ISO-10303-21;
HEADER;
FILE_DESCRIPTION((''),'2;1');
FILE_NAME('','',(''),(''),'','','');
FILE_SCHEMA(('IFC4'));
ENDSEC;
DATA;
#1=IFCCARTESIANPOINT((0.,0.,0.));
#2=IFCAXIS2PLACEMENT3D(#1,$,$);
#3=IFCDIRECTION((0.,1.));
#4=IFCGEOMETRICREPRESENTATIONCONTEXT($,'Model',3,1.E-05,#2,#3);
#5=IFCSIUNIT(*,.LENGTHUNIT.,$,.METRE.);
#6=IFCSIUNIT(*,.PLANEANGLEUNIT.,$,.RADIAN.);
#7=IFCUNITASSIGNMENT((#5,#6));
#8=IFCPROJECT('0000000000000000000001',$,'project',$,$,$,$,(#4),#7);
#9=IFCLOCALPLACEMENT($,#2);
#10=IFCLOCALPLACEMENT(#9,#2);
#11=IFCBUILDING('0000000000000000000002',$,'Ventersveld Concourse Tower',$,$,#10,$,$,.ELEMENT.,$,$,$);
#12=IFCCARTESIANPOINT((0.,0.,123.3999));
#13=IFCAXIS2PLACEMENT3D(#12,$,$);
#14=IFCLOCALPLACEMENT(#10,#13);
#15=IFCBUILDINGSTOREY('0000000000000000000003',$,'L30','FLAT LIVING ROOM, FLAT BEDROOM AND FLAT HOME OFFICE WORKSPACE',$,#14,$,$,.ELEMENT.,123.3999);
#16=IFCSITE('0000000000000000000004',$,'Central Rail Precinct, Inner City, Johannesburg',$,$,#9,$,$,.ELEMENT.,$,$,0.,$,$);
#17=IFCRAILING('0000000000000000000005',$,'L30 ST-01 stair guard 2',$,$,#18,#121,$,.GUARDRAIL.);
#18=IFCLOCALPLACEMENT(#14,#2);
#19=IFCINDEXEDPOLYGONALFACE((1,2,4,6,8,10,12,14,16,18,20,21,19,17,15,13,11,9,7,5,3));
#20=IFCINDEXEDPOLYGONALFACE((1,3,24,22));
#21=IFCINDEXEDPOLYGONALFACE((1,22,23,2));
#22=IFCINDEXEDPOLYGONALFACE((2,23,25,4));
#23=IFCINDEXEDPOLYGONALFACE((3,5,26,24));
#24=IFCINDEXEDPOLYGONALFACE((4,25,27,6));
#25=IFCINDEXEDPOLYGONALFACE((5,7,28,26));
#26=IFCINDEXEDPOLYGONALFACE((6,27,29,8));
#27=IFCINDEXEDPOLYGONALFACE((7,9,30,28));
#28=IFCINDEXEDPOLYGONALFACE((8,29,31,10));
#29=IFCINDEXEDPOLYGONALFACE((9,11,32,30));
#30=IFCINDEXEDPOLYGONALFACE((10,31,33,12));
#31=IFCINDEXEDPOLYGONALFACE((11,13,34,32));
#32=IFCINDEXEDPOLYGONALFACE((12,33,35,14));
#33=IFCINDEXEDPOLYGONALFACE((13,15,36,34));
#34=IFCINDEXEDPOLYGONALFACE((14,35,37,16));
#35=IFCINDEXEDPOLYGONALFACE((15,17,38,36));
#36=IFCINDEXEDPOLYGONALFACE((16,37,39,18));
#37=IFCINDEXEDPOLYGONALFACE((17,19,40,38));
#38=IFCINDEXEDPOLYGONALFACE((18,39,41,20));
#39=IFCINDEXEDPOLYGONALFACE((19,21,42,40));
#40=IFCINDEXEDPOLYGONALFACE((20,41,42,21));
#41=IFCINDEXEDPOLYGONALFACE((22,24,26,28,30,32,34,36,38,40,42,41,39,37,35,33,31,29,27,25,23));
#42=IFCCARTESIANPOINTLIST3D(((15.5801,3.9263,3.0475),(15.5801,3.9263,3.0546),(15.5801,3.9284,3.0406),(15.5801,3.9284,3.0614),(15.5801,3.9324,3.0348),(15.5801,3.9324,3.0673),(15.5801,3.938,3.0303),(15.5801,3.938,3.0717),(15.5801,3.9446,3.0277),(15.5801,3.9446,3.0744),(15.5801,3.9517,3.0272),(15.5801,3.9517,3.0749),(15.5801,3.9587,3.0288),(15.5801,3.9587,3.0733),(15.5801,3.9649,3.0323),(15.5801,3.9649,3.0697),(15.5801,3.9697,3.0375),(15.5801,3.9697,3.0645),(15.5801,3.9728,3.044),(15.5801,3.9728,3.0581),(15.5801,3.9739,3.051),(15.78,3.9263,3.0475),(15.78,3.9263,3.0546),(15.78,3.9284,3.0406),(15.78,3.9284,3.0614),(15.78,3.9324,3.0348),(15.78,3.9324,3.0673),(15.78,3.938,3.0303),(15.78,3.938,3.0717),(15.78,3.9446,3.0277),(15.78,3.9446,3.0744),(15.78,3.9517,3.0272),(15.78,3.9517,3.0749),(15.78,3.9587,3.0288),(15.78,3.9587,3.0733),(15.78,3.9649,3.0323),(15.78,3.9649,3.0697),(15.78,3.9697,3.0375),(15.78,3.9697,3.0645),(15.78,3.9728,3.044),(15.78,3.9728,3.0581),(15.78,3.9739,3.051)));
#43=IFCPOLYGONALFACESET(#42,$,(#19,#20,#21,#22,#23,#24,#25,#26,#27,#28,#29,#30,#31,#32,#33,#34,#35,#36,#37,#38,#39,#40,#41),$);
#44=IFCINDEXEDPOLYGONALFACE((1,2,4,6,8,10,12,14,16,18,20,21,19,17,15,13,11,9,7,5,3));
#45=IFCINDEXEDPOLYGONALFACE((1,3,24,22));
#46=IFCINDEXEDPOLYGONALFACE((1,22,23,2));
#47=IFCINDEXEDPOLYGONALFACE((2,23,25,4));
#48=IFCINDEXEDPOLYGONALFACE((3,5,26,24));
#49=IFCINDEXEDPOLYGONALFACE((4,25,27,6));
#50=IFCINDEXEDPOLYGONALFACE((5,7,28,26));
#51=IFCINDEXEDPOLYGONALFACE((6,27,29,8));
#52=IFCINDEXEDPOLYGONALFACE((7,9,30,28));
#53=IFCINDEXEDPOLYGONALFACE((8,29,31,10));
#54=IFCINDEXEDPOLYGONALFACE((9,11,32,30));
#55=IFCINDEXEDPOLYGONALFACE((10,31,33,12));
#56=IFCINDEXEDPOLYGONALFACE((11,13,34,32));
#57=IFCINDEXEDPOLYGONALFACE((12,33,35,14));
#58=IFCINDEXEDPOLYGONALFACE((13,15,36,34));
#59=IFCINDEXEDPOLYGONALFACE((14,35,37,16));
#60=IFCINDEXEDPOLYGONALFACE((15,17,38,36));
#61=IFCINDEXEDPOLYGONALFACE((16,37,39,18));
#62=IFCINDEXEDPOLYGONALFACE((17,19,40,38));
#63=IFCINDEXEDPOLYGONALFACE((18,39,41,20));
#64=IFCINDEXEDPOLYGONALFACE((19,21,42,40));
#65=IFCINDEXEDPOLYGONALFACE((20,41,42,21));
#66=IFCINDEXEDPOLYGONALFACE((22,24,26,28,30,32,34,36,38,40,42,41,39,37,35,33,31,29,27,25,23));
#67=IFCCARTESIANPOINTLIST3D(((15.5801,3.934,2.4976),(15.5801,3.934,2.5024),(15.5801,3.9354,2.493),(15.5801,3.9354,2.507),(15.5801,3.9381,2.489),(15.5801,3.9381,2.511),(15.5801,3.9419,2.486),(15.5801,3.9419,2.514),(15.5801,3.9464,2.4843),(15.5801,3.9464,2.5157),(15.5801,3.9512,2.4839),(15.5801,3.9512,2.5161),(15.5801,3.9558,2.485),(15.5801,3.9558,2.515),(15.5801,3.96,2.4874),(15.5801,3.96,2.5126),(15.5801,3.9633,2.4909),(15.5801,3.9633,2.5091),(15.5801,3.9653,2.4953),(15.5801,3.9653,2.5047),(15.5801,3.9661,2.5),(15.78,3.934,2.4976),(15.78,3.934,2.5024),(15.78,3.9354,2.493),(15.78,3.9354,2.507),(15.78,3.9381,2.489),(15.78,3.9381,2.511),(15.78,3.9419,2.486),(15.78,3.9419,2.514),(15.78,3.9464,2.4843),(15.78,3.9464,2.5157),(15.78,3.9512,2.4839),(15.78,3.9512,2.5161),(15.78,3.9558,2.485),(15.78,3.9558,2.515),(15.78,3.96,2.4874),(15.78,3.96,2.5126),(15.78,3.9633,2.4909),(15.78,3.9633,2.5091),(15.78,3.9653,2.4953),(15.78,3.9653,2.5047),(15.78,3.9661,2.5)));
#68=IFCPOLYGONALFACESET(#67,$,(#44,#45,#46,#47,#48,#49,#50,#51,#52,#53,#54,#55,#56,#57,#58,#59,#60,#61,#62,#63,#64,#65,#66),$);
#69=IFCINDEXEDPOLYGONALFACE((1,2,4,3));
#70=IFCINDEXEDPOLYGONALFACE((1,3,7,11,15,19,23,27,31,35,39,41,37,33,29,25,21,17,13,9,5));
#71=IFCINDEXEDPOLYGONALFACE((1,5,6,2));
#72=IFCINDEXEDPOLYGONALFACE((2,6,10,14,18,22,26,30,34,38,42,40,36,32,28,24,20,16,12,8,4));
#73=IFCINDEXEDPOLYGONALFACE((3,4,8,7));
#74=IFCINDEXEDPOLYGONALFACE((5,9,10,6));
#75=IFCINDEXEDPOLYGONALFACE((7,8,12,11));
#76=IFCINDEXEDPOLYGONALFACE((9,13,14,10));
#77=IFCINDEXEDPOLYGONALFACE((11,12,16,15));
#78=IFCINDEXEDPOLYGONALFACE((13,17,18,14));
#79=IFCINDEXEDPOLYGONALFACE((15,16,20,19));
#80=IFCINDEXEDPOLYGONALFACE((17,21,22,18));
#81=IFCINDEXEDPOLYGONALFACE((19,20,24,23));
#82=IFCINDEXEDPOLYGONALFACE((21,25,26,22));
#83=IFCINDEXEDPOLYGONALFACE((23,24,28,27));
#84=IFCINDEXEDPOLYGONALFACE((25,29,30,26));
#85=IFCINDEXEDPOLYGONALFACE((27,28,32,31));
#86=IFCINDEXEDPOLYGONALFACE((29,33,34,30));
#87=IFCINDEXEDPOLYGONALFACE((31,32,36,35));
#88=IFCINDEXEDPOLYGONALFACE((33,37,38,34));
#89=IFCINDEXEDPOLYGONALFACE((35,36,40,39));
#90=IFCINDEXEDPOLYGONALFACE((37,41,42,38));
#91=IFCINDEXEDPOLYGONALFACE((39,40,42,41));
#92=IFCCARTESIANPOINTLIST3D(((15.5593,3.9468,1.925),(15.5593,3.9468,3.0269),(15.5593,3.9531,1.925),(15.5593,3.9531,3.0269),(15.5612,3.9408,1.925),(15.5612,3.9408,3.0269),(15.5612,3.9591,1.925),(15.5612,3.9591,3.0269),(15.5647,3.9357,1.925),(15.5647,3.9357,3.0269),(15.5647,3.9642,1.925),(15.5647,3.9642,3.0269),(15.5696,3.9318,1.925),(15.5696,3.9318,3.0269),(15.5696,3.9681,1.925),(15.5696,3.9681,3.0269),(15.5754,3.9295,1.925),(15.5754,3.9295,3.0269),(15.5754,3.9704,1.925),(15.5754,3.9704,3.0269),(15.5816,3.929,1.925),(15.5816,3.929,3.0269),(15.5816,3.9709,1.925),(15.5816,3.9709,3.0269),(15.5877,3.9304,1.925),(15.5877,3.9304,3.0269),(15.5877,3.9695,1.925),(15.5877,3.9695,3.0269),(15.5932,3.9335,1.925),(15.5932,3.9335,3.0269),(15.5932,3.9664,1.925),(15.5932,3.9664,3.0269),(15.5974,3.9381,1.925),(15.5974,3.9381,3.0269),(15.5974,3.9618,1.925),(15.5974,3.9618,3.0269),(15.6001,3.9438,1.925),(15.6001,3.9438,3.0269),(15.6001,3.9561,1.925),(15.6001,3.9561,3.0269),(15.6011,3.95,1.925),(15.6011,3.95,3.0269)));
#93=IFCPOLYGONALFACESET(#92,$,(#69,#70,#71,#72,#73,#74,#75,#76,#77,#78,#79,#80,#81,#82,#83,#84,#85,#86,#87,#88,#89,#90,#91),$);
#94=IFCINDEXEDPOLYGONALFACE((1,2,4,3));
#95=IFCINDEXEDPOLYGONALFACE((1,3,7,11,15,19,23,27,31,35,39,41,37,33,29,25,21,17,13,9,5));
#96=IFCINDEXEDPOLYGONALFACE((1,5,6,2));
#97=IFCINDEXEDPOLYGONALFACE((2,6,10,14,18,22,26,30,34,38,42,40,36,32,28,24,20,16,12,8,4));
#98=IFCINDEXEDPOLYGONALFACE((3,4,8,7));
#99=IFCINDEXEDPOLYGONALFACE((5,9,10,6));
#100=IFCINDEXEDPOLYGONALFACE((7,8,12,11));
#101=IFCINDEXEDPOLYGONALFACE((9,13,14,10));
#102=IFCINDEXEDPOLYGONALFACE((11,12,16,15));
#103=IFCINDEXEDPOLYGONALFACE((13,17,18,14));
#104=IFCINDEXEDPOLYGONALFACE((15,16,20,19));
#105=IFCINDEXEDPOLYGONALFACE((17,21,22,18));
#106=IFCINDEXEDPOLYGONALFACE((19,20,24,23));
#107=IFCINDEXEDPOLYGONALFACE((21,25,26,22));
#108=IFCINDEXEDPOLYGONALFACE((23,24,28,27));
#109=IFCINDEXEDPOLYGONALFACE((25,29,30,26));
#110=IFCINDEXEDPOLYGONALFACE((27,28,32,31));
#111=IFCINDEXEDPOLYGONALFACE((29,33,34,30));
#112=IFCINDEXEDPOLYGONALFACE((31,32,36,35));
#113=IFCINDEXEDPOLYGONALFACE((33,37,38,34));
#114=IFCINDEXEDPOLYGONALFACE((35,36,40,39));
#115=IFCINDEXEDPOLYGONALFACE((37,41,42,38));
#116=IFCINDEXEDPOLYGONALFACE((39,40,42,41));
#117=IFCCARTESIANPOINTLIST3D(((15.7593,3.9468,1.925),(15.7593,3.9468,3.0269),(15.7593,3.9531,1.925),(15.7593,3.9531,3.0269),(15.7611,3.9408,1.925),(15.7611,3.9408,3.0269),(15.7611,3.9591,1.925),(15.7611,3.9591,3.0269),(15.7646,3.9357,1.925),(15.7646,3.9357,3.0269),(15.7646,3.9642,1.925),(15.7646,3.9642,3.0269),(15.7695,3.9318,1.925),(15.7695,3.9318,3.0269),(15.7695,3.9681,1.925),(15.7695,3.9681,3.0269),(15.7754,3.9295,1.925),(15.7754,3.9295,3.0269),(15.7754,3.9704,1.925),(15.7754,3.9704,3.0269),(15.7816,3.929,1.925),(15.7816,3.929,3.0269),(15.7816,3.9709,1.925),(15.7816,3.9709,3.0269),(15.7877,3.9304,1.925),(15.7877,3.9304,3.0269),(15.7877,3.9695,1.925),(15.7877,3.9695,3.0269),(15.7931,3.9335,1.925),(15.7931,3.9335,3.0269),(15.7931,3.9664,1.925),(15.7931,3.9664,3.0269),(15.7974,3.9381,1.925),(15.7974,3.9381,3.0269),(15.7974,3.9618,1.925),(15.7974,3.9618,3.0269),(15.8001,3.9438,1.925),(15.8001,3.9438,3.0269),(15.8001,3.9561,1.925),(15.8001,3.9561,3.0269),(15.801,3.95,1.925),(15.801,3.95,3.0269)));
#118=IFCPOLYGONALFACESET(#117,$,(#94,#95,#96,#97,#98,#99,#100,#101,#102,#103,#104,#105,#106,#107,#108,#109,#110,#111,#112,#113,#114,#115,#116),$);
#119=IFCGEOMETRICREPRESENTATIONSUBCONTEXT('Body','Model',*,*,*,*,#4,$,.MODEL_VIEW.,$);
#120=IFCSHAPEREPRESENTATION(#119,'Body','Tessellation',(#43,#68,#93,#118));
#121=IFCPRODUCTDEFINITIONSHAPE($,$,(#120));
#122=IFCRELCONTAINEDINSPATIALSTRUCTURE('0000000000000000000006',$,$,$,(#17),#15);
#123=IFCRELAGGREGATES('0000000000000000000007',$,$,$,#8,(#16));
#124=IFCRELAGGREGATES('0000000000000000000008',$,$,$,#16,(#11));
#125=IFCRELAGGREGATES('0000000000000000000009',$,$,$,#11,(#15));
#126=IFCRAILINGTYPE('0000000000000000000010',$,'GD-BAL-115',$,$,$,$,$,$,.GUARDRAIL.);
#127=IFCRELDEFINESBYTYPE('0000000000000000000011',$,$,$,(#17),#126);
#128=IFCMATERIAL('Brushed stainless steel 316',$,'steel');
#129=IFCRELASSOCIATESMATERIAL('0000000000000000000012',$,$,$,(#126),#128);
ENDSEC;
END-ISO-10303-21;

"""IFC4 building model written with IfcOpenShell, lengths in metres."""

from ifc_helpers import new_model, si_unit, direction, frame, origin, origin_2d, place, context, subcontext, project, spatial, circle, extrude, material, type_object, element, save


model = new_model("IFC4")

# Units and contexts
model_context = context("Model", 3, precision=1e-05, world=origin(), true_north=direction((0.0, 1.0)))
body_context = subcontext(model_context, "Body", "Model", "MODEL_VIEW")
ifc_project = project(units=[si_unit("LENGTHUNIT", "METRE"), si_unit("PLANEANGLEUNIT", "RADIAN")], contexts=[model_context])

# Site, building, storey
site_placement = place(None, origin())
site = spatial("IfcSite", under=ifc_project, at=site_placement, Name="Central Rail Precinct, Inner City, Johannesburg", CompositionType="ELEMENT", RefElevation=0.0)
building_placement = place(site_placement, origin())
building = spatial("IfcBuilding", under=site, at=building_placement, Name="Ventersveld Concourse Tower", CompositionType="ELEMENT")
storey_placement = place(building_placement, frame((0.0, 0.0, 123.3999)))
storey = spatial("IfcBuildingStorey", under=building, at=storey_placement, Name="L30", Description="FLAT LIVING ROOM, FLAT BEDROOM AND FLAT HOME OFFICE WORKSPACE", CompositionType="ELEMENT", Elevation=123.3999)

# Railing
ifc_material_1 = material(Name="Brushed stainless steel 316", Category="steel")
railing_type_1 = type_object("IfcRailingType", Name="GD-BAL-115", PredefinedType="GUARDRAIL", material=ifc_material_1)
railing_1_placement = place(storey_placement, frame((15.5801, 3.95, 1.925)))
element("IfcRailing", 1, at=railing_1_placement, inside=storey, type_object=railing_type_1, Name="L30 ST-01 stair guard 2", PredefinedType="GUARDRAIL", context=body_context, shape_type="SweptSolid", body=[
    extrude(circle(Radius=0.0239, at=origin_2d()), frame((0.0, 0.0, 1.126), z_axis=(1.0, 0.0, 0.0), x_axis=(0.0, 1.0, 0.0)), (0.0, 0.0, 1.0), 0.2),
    extrude(circle(Radius=0.0161, at=origin_2d()), frame((0.0, 0.0, 0.575), z_axis=(1.0, 0.0, 0.0), x_axis=(0.0, 1.0, 0.0)), (0.0, 0.0, 1.0), 0.2),
    extrude(circle(Radius=0.021, at=origin_2d()), origin(), (0.0, 0.0, 1.0), 1.1018),
    extrude(circle(Radius=0.021, at=origin_2d()), frame((0.2, 0.0, 0.0)), (0.0, 0.0, 1.0), 1.1018),
])

save(model, "model.ifc")
